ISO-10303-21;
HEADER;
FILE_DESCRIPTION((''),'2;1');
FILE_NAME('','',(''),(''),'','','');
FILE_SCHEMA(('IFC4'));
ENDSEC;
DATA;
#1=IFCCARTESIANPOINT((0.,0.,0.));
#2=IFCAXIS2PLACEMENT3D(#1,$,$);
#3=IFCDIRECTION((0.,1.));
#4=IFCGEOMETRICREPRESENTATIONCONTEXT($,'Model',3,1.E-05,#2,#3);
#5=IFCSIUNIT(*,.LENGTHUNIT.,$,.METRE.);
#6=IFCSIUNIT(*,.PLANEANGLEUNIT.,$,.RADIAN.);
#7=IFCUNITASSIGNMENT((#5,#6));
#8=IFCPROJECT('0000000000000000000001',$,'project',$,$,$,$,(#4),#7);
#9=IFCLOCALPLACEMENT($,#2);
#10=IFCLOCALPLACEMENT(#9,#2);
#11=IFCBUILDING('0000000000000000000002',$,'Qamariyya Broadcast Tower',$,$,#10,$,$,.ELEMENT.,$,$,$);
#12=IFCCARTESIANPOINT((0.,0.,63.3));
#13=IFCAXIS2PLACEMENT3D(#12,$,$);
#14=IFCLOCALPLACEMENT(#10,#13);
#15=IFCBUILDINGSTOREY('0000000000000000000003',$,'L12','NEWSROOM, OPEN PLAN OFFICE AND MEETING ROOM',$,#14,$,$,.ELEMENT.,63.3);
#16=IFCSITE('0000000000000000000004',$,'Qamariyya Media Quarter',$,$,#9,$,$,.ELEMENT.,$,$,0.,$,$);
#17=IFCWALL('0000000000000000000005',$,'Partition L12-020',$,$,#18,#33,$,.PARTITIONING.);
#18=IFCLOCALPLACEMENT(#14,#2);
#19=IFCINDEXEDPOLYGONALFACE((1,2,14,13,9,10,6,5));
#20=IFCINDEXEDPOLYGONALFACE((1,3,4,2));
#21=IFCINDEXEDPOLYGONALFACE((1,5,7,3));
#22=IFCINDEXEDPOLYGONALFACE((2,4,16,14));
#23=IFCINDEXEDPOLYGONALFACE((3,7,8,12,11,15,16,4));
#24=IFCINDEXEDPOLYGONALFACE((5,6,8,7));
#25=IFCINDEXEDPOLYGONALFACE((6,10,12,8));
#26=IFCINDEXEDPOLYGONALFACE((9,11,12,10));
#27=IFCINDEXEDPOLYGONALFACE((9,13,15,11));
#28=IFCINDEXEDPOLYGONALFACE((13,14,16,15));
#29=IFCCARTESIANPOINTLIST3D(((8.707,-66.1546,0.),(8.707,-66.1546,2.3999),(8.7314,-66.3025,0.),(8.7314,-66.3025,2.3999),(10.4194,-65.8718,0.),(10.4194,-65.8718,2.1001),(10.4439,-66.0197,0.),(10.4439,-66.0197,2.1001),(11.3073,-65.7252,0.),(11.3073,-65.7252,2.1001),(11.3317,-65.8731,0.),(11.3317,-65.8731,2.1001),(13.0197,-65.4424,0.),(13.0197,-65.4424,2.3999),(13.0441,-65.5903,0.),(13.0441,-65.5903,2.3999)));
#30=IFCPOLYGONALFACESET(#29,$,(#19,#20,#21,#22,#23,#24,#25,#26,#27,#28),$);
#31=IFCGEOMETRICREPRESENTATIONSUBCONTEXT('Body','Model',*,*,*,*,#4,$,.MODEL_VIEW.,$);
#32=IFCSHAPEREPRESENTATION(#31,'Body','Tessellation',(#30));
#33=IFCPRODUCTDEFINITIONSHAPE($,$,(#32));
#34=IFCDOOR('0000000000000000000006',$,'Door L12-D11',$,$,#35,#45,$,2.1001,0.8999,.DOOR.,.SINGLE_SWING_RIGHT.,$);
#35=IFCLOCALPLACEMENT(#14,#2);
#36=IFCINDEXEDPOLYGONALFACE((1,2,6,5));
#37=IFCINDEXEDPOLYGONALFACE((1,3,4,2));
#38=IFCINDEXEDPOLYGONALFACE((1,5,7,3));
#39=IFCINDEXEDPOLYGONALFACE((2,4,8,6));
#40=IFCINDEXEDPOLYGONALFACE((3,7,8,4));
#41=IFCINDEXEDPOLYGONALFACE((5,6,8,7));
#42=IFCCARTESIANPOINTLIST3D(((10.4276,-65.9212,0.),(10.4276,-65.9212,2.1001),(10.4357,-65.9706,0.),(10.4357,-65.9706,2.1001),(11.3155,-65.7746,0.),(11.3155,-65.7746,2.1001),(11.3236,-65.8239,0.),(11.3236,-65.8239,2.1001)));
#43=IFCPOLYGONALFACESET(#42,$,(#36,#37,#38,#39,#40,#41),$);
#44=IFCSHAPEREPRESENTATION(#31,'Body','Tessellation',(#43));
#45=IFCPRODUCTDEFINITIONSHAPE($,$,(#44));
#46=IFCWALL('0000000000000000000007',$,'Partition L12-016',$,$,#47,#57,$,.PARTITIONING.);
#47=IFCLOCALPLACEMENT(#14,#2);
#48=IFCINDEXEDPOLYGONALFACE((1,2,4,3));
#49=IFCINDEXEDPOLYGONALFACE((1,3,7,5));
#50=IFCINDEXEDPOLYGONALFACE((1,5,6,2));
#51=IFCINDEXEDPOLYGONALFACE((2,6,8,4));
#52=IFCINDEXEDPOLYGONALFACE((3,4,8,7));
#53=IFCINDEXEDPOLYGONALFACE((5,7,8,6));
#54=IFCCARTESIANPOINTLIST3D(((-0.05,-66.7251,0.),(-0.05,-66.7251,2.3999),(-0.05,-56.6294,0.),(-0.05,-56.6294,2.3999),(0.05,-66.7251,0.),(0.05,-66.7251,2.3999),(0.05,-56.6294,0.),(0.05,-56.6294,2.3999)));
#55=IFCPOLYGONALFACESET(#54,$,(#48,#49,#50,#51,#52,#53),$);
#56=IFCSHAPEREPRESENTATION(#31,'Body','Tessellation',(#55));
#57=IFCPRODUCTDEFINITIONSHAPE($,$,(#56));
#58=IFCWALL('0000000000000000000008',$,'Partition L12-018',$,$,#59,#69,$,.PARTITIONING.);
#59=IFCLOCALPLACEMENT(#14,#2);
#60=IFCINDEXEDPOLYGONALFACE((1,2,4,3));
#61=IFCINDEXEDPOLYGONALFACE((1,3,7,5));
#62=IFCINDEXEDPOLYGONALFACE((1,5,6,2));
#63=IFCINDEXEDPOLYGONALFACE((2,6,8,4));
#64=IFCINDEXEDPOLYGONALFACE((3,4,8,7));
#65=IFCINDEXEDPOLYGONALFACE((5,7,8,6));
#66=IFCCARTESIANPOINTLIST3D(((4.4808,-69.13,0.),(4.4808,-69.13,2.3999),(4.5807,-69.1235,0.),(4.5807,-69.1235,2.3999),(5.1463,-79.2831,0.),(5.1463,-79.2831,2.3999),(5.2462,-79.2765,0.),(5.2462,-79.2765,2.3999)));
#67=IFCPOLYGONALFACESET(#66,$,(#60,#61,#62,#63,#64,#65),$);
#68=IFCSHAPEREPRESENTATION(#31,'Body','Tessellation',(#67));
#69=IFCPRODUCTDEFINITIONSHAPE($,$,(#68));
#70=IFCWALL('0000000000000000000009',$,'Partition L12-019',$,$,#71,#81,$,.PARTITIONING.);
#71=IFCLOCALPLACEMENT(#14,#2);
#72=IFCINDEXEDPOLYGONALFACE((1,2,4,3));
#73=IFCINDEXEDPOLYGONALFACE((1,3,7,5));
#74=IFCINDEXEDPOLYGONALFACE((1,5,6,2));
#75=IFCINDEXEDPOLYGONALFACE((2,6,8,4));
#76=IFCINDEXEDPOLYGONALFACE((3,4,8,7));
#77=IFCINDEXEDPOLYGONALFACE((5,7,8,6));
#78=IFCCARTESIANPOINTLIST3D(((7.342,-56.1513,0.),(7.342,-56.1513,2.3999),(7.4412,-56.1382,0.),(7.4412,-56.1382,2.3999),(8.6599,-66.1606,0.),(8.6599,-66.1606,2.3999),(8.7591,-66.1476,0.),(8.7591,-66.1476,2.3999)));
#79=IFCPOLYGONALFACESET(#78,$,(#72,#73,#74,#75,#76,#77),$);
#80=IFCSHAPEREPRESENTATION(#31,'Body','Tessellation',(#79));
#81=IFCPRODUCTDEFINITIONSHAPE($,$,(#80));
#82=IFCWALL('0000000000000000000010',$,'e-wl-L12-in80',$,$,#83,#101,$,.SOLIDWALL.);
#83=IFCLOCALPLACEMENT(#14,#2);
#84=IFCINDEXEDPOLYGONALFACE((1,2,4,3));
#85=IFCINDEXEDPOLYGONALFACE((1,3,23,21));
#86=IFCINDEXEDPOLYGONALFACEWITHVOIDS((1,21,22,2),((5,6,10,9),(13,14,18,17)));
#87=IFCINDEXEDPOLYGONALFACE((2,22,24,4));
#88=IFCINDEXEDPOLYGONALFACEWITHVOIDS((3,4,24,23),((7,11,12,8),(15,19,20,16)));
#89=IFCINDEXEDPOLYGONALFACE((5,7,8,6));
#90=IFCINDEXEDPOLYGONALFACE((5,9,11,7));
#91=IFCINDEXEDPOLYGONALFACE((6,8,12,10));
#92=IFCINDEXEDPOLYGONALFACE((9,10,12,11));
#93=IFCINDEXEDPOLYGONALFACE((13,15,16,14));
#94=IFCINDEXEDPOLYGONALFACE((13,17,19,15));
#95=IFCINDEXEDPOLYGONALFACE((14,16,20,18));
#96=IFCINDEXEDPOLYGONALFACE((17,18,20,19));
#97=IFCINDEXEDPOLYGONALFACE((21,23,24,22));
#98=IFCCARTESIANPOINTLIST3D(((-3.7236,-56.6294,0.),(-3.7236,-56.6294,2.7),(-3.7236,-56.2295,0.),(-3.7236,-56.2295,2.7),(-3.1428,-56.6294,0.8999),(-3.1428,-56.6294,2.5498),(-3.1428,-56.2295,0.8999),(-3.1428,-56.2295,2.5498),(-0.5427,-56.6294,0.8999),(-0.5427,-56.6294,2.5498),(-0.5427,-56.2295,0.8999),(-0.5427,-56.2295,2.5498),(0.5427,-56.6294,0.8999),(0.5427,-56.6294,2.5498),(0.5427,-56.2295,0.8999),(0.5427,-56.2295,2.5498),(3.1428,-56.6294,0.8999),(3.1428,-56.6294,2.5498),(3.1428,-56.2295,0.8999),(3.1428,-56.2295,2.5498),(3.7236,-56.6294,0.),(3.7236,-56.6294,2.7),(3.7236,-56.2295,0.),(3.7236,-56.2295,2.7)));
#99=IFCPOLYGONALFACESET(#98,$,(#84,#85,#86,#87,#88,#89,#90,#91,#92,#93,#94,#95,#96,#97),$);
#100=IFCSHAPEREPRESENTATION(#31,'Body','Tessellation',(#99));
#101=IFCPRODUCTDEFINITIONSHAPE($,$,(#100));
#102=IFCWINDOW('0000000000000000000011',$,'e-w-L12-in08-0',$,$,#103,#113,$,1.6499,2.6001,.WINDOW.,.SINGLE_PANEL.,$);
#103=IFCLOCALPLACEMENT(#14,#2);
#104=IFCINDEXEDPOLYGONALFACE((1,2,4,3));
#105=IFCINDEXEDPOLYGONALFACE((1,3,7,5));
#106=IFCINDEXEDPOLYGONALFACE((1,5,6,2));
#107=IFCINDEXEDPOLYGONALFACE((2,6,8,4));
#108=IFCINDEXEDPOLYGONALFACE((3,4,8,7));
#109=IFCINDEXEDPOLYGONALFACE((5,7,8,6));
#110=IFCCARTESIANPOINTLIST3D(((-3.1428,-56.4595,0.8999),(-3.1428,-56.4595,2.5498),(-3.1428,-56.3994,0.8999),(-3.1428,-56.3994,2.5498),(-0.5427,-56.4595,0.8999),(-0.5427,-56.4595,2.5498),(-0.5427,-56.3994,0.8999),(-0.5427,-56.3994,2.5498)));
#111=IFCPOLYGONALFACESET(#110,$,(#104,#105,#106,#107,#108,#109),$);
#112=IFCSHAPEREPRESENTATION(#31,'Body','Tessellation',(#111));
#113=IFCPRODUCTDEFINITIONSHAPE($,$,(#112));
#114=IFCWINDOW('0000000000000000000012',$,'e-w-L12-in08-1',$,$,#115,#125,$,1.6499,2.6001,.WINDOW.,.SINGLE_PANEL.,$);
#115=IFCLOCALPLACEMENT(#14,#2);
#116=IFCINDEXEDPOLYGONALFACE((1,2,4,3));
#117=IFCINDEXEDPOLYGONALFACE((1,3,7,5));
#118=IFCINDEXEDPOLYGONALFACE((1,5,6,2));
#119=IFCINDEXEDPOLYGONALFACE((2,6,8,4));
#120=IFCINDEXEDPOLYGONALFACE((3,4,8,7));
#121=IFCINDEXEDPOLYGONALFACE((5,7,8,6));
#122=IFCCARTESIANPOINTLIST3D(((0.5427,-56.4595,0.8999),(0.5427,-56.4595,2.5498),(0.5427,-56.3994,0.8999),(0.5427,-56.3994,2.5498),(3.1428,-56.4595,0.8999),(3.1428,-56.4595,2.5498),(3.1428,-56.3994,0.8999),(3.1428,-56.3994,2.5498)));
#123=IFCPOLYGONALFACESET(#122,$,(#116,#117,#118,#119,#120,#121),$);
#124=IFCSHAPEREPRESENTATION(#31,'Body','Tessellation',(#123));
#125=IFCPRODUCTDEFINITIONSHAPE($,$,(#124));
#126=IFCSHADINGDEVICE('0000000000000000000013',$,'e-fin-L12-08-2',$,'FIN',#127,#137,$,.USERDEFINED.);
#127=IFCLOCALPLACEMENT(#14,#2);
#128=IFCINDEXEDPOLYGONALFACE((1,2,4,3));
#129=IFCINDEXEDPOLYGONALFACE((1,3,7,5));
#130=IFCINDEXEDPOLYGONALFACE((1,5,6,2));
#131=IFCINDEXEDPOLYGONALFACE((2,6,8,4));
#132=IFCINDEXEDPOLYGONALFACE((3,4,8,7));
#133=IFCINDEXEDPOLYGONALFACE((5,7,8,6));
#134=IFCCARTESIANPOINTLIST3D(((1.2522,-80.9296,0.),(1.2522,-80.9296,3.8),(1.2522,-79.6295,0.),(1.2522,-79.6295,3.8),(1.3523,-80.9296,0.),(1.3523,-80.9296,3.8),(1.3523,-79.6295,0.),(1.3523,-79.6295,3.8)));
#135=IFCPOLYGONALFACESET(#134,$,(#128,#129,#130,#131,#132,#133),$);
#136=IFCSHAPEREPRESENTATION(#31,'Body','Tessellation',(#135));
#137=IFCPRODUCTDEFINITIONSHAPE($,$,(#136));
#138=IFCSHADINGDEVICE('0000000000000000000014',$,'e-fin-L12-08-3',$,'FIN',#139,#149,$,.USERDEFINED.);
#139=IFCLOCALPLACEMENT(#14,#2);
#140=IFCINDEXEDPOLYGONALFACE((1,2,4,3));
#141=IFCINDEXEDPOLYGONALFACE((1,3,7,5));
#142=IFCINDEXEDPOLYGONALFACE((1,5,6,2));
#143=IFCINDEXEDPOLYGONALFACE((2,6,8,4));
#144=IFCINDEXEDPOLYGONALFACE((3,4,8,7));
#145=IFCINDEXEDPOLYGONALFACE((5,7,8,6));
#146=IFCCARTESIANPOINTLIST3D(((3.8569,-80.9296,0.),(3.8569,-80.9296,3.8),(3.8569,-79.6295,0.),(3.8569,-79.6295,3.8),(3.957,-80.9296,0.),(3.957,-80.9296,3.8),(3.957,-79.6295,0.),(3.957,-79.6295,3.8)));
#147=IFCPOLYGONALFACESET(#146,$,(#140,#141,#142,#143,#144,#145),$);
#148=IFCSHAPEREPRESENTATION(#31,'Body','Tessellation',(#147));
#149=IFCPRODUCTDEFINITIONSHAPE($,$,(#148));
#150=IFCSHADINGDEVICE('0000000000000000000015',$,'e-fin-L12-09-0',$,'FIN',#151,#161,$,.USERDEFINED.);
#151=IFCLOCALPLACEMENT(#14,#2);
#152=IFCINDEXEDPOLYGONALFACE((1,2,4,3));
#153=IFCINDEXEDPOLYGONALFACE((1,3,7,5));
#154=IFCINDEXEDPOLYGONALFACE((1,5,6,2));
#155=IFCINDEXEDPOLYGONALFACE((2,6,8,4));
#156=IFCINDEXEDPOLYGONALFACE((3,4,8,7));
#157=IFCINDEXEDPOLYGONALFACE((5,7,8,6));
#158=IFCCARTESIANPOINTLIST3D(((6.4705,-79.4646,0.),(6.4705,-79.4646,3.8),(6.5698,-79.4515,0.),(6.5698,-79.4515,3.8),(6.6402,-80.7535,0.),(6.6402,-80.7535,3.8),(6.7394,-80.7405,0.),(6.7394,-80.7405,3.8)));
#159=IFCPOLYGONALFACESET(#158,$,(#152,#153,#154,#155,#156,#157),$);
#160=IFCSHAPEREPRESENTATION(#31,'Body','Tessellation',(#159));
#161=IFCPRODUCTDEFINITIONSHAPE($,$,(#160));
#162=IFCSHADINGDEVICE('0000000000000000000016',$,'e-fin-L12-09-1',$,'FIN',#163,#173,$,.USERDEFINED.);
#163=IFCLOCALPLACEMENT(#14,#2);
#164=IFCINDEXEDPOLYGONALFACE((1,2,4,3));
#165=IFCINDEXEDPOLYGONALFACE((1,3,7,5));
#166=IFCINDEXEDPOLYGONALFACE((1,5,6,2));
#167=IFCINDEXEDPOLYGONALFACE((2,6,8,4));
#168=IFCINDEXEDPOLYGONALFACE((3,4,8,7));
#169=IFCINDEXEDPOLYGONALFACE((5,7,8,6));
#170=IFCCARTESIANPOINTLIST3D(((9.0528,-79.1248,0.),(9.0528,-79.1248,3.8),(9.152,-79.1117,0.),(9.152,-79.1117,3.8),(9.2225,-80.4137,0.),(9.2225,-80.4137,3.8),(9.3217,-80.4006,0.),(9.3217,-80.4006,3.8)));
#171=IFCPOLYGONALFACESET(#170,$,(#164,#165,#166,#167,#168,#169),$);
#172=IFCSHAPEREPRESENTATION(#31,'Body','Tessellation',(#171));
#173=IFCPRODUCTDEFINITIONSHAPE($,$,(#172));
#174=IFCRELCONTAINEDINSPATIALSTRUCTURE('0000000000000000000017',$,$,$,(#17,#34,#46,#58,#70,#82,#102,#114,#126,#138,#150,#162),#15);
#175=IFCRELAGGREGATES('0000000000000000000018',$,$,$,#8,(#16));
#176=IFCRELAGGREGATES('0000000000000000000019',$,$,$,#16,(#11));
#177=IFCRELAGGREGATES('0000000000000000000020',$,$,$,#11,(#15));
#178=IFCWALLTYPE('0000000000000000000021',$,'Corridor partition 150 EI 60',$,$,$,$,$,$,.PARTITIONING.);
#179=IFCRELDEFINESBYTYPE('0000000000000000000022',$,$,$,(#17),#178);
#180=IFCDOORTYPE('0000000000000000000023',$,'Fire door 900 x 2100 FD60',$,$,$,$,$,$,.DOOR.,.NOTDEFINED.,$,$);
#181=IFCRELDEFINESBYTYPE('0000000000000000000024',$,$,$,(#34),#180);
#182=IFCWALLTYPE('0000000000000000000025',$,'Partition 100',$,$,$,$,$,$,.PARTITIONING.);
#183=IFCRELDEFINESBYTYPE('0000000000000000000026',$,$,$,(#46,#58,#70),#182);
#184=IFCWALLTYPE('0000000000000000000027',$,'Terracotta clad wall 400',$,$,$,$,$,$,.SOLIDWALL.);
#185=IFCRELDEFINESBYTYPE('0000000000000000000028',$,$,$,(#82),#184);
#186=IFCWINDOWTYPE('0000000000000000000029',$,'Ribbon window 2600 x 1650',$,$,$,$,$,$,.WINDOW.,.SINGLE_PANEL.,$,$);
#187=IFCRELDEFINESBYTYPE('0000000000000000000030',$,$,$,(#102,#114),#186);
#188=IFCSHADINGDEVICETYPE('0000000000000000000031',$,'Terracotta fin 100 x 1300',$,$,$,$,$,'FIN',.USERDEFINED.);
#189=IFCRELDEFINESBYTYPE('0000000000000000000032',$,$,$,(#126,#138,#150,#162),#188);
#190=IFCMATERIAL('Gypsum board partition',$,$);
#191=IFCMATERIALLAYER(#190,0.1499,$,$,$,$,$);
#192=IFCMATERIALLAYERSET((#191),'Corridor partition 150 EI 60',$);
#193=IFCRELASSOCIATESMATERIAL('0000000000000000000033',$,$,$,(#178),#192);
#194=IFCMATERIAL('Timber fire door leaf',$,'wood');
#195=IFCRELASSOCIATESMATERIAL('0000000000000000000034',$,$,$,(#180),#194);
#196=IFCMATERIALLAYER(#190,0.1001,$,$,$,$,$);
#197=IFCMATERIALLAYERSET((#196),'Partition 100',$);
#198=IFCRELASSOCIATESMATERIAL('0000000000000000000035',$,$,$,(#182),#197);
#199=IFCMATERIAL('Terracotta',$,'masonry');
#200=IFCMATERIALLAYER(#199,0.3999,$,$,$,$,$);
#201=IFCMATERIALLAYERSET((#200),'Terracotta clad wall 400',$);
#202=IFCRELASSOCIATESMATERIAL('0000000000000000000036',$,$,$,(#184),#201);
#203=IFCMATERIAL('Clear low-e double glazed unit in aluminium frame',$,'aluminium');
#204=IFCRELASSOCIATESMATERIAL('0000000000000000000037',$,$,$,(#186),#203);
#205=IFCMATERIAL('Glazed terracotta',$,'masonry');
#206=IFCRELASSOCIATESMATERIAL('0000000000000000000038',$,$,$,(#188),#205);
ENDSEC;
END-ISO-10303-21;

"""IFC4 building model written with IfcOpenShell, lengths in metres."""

from ifc_helpers import new_model, si_unit, direction, frame, frame_2d, origin, origin_2d, place, context, subcontext, project, spatial, rectangle, extrude, material, layer, layer_set, material_profile, profile_set, type_object, element, fill, save


model = new_model("IFC4")

# Units and contexts
model_context = context("Model", 3, precision=1e-05, world=origin(), true_north=direction((0.0, 1.0)))
body_context = subcontext(model_context, "Body", "Model", "MODEL_VIEW")
ifc_project = project(units=[si_unit("LENGTHUNIT", "METRE"), si_unit("PLANEANGLEUNIT", "RADIAN")], contexts=[model_context])

# Site, building, storey
site_placement = place(None, origin())
site = spatial("IfcSite", under=ifc_project, at=site_placement, Name="Qamariyya Media Quarter", CompositionType="ELEMENT", RefElevation=0.0)
building_placement = place(site_placement, origin())
building = spatial("IfcBuilding", under=site, at=building_placement, Name="Qamariyya Broadcast Tower", CompositionType="ELEMENT")
storey_placement = place(building_placement, frame((0.0, 0.0, 63.3)))
storey = spatial("IfcBuildingStorey", under=building, at=storey_placement, Name="L12", Description="NEWSROOM, OPEN PLAN OFFICE AND MEETING ROOM", CompositionType="ELEMENT", Elevation=63.3)

# Wall, opening, door
ifc_material_1 = material(Name="Gypsum board partition")
ifc_layer_1 = layer(ifc_material_1, 0.1499)
ifc_layer_set_1 = layer_set([ifc_layer_1], Name="Corridor partition 150 EI 60")
wall_type_1 = type_object("IfcWallType", Name="Corridor partition 150 EI 60", PredefinedType="PARTITIONING", material=ifc_layer_set_1)
ifc_material_2 = material(Name="Timber fire door leaf", Category="wood")
wall_1_placement = place(storey_placement, frame((8.7192, -66.2285, 0.0), z_axis=(0.0, 0.0, 1.0), x_axis=(0.986639, 0.162922, 0.0)))
wall_1 = element("IfcWall", 1, at=wall_1_placement, inside=storey, type_object=wall_type_1, Name="Partition L12-020", PredefinedType="PARTITIONING", context=body_context, shape_type="SweptSolid", body=[
    extrude(rectangle(XDim=4.3711, YDim=0.1499, at=frame_2d((2.1855, 0.0))), origin(), (0.0, 0.0, 1.0), 2.3999),
])
opening_1_placement = place(wall_1_placement, frame((1.7356, 0.0, 0.0)))
opening_1 = element("IfcOpeningElement", 2, at=opening_1_placement, cuts=wall_1, PredefinedType="OPENING", context=body_context, shape_type="SweptSolid", body=[
    extrude(rectangle(XDim=0.8999, YDim=2.1001, at=frame_2d((0.45, 1.05))), frame((0.0, 0.085, 0.0), z_axis=(0.0, -1.0, 0.0), x_axis=(1.0, 0.0, 0.0)), (0.0, 0.0, 1.0), 0.1699),
])
door_type_1 = type_object("IfcDoorType", Name="Fire door 900 x 2100 FD60", OperationType="NOTDEFINED", PredefinedType="DOOR", material=ifc_material_2)
door_1_placement = place(opening_1_placement, origin())
door_1 = element("IfcDoor", 3, at=door_1_placement, inside=storey, type_object=door_type_1, Name="Door L12-D11", OperationType="SINGLE_SWING_RIGHT", OverallHeight=2.1001, OverallWidth=0.8999, PredefinedType="DOOR", context=body_context, shape_type="SweptSolid", body=[
    extrude(rectangle(XDim=0.8999, YDim=2.1001, at=frame_2d((0.45, 1.05))), frame((0.0, 0.0249, 0.0), z_axis=(0.0, -1.0, 0.0), x_axis=(1.0, 0.0, 0.0)), (0.0, 0.0, 1.0), 0.05),
])
fill(opening_1, door_1)

# Walls
ifc_layer_2 = layer(ifc_material_1, 0.1001)
ifc_layer_set_2 = layer_set([ifc_layer_2], Name="Partition 100")
wall_type_2 = type_object("IfcWallType", Name="Partition 100", PredefinedType="PARTITIONING", material=ifc_layer_set_2)
wall_2_placement = place(storey_placement, frame((0.0, -56.6294, 0.0), z_axis=(0.0, 0.0, 1.0), x_axis=(0.0, -1.0, 0.0)))
element("IfcWall", 4, at=wall_2_placement, inside=storey, type_object=wall_type_2, Name="Partition L12-016", PredefinedType="PARTITIONING", context=body_context, shape_type="SweptSolid", body=[
    extrude(rectangle(XDim=10.0957, YDim=0.1001, at=frame_2d((5.0479, 0.0))), origin(), (0.0, 0.0, 1.0), 2.3999),
])
wall_3_placement = place(storey_placement, frame((5.1963, -79.2798, 0.0), z_axis=(0.0, 0.0, 1.0), x_axis=(-0.065409, 0.997859, 0.0)))
element("IfcWall", 5, at=wall_3_placement, inside=storey, type_object=wall_type_2, Name="Partition L12-018", PredefinedType="PARTITIONING", context=body_context, shape_type="SweptSolid", body=[
    extrude(rectangle(XDim=10.1748, YDim=0.1001, at=frame_2d((5.0874, 0.0))), origin(), (0.0, 0.0, 1.0), 2.3999),
])
wall_4_placement = place(storey_placement, frame((7.3916, -56.1448, 0.0), z_axis=(0.0, 0.0, 1.0), x_axis=(0.130538, -0.991443, 0.0)))
element("IfcWall", 6, at=wall_4_placement, inside=storey, type_object=wall_type_2, Name="Partition L12-019", PredefinedType="PARTITIONING", context=body_context, shape_type="SweptSolid", body=[
    extrude(rectangle(XDim=10.0957, YDim=0.1001, at=frame_2d((5.0479, 0.0))), origin(), (0.0, 0.0, 1.0), 2.3999),
])

# Wall, openings, windows
ifc_material_3 = material(Name="Terracotta", Category="masonry")
ifc_layer_3 = layer(ifc_material_3, 0.3999)
ifc_layer_set_3 = layer_set([ifc_layer_3], Name="Terracotta clad wall 400")
wall_type_3 = type_object("IfcWallType", Name="Terracotta clad wall 400", PredefinedType="SOLIDWALL", material=ifc_layer_set_3)
wall_5_placement = place(storey_placement, frame((3.7236, -56.4294, 0.0), z_axis=(0.0, 0.0, 1.0), x_axis=(-1.0, 0.0, 0.0)))
wall_5 = element("IfcWall", 7, at=wall_5_placement, inside=storey, type_object=wall_type_3, Name="e-wl-L12-in80", PredefinedType="SOLIDWALL", context=body_context, shape_type="SweptSolid", body=[
    extrude(rectangle(XDim=7.4473, YDim=0.3999, at=frame_2d((3.7236, 0.0))), origin(), (0.0, 0.0, 1.0), 2.7),
])
opening_2_placement = place(wall_5_placement, frame((4.2664, 0.0, 0.8999)))
opening_2 = element("IfcOpeningElement", 8, at=opening_2_placement, cuts=wall_5, PredefinedType="OPENING", context=body_context, shape_type="SweptSolid", body=[
    extrude(rectangle(XDim=2.6001, YDim=1.6499, at=frame_2d((1.3, 0.825))), frame((0.0, 0.21, 0.0), z_axis=(0.0, -1.0, 0.0), x_axis=(1.0, 0.0, 0.0)), (0.0, 0.0, 1.0), 0.4199),
])
opening_3_placement = place(wall_5_placement, frame((0.5808, 0.0, 0.8999)))
opening_3 = element("IfcOpeningElement", 9, at=opening_3_placement, cuts=wall_5, PredefinedType="OPENING", context=body_context, shape_type="SweptSolid", body=[
    extrude(rectangle(XDim=2.6001, YDim=1.6499, at=frame_2d((1.3, 0.825))), frame((0.0, 0.21, 0.0), z_axis=(0.0, -1.0, 0.0), x_axis=(1.0, 0.0, 0.0)), (0.0, 0.0, 1.0), 0.4199),
])
ifc_material_4 = material(Name="Clear low-e double glazed unit in aluminium frame", Category="aluminium")
window_type = type_object("IfcWindowType", Name="Ribbon window 2600 x 1650", PartitioningType="SINGLE_PANEL", PredefinedType="WINDOW", material=ifc_material_4)
window_1_placement = place(opening_2_placement, origin())
window_1 = element("IfcWindow", 10, at=window_1_placement, inside=storey, type_object=window_type, Name="e-w-L12-in08-0", OverallHeight=1.6499, OverallWidth=2.6001, PartitioningType="SINGLE_PANEL", PredefinedType="WINDOW", context=body_context, shape_type="SweptSolid", body=[
    extrude(rectangle(XDim=2.6001, YDim=1.6499, at=frame_2d((1.3, 0.825))), frame((0.0, 0.03, 0.0), z_axis=(0.0, -1.0, 0.0), x_axis=(1.0, 0.0, 0.0)), (0.0, 0.0, 1.0), 0.0601),
])
fill(opening_2, window_1)
window_2_placement = place(opening_3_placement, origin())
window_2 = element("IfcWindow", 11, at=window_2_placement, inside=storey, type_object=window_type, Name="e-w-L12-in08-1", OverallHeight=1.6499, OverallWidth=2.6001, PartitioningType="SINGLE_PANEL", PredefinedType="WINDOW", context=body_context, shape_type="SweptSolid", body=[
    extrude(rectangle(XDim=2.6001, YDim=1.6499, at=frame_2d((1.3, 0.825))), frame((0.0, 0.03, 0.0), z_axis=(0.0, -1.0, 0.0), x_axis=(1.0, 0.0, 0.0)), (0.0, 0.0, 1.0), 0.0601),
])
fill(opening_3, window_2)

# Shading devices
ifc_material_5 = material(Name="Glazed terracotta", Category="masonry")
ifc_material_profile_1 = material_profile(ifc_material_5, rectangle(XDim=1.3, YDim=0.1001, at=origin_2d()))
ifc_profile_set_1 = profile_set([ifc_material_profile_1], Name="Glazed terracotta")
shading_device_type = type_object("IfcShadingDeviceType", Name="Terracotta fin 100 x 1300", ElementType="FIN", PredefinedType="USERDEFINED", material=ifc_profile_set_1)
for number, where, z_axis, x_axis, name in (
    (12, (1.3022, -80.2795, 0.0), (0.0, 0.0, 1.0), (0.0, -1.0, 0.0), "e-fin-L12-08-2"),
    (13, (3.907, -80.2795, 0.0), (0.0, 0.0, 1.0), (0.0, -1.0, 0.0), "e-fin-L12-08-3"),
    (14, (6.605, -80.1025, 0.0), (0.0, 0.0, 1.0), (0.130526, -0.991445, 0.0), "e-fin-L12-09-0"),
    (15, (9.1873, -79.7627, 0.0), (0.0, 0.0, 1.0), (0.130526, -0.991445, 0.0), "e-fin-L12-09-1"),
):
    element("IfcShadingDevice", number, at=place(storey_placement, frame(where, z_axis=z_axis, x_axis=x_axis)), inside=storey, type_object=shading_device_type, Name=name, ObjectType="FIN", PredefinedType="USERDEFINED", context=body_context, shape_type="SweptSolid", body=[
        extrude(rectangle(XDim=1.3, YDim=0.1001, at=origin_2d()), origin(), (0.0, 0.0, 1.0), 3.8),
    ])

save(model, "model.ifc")
